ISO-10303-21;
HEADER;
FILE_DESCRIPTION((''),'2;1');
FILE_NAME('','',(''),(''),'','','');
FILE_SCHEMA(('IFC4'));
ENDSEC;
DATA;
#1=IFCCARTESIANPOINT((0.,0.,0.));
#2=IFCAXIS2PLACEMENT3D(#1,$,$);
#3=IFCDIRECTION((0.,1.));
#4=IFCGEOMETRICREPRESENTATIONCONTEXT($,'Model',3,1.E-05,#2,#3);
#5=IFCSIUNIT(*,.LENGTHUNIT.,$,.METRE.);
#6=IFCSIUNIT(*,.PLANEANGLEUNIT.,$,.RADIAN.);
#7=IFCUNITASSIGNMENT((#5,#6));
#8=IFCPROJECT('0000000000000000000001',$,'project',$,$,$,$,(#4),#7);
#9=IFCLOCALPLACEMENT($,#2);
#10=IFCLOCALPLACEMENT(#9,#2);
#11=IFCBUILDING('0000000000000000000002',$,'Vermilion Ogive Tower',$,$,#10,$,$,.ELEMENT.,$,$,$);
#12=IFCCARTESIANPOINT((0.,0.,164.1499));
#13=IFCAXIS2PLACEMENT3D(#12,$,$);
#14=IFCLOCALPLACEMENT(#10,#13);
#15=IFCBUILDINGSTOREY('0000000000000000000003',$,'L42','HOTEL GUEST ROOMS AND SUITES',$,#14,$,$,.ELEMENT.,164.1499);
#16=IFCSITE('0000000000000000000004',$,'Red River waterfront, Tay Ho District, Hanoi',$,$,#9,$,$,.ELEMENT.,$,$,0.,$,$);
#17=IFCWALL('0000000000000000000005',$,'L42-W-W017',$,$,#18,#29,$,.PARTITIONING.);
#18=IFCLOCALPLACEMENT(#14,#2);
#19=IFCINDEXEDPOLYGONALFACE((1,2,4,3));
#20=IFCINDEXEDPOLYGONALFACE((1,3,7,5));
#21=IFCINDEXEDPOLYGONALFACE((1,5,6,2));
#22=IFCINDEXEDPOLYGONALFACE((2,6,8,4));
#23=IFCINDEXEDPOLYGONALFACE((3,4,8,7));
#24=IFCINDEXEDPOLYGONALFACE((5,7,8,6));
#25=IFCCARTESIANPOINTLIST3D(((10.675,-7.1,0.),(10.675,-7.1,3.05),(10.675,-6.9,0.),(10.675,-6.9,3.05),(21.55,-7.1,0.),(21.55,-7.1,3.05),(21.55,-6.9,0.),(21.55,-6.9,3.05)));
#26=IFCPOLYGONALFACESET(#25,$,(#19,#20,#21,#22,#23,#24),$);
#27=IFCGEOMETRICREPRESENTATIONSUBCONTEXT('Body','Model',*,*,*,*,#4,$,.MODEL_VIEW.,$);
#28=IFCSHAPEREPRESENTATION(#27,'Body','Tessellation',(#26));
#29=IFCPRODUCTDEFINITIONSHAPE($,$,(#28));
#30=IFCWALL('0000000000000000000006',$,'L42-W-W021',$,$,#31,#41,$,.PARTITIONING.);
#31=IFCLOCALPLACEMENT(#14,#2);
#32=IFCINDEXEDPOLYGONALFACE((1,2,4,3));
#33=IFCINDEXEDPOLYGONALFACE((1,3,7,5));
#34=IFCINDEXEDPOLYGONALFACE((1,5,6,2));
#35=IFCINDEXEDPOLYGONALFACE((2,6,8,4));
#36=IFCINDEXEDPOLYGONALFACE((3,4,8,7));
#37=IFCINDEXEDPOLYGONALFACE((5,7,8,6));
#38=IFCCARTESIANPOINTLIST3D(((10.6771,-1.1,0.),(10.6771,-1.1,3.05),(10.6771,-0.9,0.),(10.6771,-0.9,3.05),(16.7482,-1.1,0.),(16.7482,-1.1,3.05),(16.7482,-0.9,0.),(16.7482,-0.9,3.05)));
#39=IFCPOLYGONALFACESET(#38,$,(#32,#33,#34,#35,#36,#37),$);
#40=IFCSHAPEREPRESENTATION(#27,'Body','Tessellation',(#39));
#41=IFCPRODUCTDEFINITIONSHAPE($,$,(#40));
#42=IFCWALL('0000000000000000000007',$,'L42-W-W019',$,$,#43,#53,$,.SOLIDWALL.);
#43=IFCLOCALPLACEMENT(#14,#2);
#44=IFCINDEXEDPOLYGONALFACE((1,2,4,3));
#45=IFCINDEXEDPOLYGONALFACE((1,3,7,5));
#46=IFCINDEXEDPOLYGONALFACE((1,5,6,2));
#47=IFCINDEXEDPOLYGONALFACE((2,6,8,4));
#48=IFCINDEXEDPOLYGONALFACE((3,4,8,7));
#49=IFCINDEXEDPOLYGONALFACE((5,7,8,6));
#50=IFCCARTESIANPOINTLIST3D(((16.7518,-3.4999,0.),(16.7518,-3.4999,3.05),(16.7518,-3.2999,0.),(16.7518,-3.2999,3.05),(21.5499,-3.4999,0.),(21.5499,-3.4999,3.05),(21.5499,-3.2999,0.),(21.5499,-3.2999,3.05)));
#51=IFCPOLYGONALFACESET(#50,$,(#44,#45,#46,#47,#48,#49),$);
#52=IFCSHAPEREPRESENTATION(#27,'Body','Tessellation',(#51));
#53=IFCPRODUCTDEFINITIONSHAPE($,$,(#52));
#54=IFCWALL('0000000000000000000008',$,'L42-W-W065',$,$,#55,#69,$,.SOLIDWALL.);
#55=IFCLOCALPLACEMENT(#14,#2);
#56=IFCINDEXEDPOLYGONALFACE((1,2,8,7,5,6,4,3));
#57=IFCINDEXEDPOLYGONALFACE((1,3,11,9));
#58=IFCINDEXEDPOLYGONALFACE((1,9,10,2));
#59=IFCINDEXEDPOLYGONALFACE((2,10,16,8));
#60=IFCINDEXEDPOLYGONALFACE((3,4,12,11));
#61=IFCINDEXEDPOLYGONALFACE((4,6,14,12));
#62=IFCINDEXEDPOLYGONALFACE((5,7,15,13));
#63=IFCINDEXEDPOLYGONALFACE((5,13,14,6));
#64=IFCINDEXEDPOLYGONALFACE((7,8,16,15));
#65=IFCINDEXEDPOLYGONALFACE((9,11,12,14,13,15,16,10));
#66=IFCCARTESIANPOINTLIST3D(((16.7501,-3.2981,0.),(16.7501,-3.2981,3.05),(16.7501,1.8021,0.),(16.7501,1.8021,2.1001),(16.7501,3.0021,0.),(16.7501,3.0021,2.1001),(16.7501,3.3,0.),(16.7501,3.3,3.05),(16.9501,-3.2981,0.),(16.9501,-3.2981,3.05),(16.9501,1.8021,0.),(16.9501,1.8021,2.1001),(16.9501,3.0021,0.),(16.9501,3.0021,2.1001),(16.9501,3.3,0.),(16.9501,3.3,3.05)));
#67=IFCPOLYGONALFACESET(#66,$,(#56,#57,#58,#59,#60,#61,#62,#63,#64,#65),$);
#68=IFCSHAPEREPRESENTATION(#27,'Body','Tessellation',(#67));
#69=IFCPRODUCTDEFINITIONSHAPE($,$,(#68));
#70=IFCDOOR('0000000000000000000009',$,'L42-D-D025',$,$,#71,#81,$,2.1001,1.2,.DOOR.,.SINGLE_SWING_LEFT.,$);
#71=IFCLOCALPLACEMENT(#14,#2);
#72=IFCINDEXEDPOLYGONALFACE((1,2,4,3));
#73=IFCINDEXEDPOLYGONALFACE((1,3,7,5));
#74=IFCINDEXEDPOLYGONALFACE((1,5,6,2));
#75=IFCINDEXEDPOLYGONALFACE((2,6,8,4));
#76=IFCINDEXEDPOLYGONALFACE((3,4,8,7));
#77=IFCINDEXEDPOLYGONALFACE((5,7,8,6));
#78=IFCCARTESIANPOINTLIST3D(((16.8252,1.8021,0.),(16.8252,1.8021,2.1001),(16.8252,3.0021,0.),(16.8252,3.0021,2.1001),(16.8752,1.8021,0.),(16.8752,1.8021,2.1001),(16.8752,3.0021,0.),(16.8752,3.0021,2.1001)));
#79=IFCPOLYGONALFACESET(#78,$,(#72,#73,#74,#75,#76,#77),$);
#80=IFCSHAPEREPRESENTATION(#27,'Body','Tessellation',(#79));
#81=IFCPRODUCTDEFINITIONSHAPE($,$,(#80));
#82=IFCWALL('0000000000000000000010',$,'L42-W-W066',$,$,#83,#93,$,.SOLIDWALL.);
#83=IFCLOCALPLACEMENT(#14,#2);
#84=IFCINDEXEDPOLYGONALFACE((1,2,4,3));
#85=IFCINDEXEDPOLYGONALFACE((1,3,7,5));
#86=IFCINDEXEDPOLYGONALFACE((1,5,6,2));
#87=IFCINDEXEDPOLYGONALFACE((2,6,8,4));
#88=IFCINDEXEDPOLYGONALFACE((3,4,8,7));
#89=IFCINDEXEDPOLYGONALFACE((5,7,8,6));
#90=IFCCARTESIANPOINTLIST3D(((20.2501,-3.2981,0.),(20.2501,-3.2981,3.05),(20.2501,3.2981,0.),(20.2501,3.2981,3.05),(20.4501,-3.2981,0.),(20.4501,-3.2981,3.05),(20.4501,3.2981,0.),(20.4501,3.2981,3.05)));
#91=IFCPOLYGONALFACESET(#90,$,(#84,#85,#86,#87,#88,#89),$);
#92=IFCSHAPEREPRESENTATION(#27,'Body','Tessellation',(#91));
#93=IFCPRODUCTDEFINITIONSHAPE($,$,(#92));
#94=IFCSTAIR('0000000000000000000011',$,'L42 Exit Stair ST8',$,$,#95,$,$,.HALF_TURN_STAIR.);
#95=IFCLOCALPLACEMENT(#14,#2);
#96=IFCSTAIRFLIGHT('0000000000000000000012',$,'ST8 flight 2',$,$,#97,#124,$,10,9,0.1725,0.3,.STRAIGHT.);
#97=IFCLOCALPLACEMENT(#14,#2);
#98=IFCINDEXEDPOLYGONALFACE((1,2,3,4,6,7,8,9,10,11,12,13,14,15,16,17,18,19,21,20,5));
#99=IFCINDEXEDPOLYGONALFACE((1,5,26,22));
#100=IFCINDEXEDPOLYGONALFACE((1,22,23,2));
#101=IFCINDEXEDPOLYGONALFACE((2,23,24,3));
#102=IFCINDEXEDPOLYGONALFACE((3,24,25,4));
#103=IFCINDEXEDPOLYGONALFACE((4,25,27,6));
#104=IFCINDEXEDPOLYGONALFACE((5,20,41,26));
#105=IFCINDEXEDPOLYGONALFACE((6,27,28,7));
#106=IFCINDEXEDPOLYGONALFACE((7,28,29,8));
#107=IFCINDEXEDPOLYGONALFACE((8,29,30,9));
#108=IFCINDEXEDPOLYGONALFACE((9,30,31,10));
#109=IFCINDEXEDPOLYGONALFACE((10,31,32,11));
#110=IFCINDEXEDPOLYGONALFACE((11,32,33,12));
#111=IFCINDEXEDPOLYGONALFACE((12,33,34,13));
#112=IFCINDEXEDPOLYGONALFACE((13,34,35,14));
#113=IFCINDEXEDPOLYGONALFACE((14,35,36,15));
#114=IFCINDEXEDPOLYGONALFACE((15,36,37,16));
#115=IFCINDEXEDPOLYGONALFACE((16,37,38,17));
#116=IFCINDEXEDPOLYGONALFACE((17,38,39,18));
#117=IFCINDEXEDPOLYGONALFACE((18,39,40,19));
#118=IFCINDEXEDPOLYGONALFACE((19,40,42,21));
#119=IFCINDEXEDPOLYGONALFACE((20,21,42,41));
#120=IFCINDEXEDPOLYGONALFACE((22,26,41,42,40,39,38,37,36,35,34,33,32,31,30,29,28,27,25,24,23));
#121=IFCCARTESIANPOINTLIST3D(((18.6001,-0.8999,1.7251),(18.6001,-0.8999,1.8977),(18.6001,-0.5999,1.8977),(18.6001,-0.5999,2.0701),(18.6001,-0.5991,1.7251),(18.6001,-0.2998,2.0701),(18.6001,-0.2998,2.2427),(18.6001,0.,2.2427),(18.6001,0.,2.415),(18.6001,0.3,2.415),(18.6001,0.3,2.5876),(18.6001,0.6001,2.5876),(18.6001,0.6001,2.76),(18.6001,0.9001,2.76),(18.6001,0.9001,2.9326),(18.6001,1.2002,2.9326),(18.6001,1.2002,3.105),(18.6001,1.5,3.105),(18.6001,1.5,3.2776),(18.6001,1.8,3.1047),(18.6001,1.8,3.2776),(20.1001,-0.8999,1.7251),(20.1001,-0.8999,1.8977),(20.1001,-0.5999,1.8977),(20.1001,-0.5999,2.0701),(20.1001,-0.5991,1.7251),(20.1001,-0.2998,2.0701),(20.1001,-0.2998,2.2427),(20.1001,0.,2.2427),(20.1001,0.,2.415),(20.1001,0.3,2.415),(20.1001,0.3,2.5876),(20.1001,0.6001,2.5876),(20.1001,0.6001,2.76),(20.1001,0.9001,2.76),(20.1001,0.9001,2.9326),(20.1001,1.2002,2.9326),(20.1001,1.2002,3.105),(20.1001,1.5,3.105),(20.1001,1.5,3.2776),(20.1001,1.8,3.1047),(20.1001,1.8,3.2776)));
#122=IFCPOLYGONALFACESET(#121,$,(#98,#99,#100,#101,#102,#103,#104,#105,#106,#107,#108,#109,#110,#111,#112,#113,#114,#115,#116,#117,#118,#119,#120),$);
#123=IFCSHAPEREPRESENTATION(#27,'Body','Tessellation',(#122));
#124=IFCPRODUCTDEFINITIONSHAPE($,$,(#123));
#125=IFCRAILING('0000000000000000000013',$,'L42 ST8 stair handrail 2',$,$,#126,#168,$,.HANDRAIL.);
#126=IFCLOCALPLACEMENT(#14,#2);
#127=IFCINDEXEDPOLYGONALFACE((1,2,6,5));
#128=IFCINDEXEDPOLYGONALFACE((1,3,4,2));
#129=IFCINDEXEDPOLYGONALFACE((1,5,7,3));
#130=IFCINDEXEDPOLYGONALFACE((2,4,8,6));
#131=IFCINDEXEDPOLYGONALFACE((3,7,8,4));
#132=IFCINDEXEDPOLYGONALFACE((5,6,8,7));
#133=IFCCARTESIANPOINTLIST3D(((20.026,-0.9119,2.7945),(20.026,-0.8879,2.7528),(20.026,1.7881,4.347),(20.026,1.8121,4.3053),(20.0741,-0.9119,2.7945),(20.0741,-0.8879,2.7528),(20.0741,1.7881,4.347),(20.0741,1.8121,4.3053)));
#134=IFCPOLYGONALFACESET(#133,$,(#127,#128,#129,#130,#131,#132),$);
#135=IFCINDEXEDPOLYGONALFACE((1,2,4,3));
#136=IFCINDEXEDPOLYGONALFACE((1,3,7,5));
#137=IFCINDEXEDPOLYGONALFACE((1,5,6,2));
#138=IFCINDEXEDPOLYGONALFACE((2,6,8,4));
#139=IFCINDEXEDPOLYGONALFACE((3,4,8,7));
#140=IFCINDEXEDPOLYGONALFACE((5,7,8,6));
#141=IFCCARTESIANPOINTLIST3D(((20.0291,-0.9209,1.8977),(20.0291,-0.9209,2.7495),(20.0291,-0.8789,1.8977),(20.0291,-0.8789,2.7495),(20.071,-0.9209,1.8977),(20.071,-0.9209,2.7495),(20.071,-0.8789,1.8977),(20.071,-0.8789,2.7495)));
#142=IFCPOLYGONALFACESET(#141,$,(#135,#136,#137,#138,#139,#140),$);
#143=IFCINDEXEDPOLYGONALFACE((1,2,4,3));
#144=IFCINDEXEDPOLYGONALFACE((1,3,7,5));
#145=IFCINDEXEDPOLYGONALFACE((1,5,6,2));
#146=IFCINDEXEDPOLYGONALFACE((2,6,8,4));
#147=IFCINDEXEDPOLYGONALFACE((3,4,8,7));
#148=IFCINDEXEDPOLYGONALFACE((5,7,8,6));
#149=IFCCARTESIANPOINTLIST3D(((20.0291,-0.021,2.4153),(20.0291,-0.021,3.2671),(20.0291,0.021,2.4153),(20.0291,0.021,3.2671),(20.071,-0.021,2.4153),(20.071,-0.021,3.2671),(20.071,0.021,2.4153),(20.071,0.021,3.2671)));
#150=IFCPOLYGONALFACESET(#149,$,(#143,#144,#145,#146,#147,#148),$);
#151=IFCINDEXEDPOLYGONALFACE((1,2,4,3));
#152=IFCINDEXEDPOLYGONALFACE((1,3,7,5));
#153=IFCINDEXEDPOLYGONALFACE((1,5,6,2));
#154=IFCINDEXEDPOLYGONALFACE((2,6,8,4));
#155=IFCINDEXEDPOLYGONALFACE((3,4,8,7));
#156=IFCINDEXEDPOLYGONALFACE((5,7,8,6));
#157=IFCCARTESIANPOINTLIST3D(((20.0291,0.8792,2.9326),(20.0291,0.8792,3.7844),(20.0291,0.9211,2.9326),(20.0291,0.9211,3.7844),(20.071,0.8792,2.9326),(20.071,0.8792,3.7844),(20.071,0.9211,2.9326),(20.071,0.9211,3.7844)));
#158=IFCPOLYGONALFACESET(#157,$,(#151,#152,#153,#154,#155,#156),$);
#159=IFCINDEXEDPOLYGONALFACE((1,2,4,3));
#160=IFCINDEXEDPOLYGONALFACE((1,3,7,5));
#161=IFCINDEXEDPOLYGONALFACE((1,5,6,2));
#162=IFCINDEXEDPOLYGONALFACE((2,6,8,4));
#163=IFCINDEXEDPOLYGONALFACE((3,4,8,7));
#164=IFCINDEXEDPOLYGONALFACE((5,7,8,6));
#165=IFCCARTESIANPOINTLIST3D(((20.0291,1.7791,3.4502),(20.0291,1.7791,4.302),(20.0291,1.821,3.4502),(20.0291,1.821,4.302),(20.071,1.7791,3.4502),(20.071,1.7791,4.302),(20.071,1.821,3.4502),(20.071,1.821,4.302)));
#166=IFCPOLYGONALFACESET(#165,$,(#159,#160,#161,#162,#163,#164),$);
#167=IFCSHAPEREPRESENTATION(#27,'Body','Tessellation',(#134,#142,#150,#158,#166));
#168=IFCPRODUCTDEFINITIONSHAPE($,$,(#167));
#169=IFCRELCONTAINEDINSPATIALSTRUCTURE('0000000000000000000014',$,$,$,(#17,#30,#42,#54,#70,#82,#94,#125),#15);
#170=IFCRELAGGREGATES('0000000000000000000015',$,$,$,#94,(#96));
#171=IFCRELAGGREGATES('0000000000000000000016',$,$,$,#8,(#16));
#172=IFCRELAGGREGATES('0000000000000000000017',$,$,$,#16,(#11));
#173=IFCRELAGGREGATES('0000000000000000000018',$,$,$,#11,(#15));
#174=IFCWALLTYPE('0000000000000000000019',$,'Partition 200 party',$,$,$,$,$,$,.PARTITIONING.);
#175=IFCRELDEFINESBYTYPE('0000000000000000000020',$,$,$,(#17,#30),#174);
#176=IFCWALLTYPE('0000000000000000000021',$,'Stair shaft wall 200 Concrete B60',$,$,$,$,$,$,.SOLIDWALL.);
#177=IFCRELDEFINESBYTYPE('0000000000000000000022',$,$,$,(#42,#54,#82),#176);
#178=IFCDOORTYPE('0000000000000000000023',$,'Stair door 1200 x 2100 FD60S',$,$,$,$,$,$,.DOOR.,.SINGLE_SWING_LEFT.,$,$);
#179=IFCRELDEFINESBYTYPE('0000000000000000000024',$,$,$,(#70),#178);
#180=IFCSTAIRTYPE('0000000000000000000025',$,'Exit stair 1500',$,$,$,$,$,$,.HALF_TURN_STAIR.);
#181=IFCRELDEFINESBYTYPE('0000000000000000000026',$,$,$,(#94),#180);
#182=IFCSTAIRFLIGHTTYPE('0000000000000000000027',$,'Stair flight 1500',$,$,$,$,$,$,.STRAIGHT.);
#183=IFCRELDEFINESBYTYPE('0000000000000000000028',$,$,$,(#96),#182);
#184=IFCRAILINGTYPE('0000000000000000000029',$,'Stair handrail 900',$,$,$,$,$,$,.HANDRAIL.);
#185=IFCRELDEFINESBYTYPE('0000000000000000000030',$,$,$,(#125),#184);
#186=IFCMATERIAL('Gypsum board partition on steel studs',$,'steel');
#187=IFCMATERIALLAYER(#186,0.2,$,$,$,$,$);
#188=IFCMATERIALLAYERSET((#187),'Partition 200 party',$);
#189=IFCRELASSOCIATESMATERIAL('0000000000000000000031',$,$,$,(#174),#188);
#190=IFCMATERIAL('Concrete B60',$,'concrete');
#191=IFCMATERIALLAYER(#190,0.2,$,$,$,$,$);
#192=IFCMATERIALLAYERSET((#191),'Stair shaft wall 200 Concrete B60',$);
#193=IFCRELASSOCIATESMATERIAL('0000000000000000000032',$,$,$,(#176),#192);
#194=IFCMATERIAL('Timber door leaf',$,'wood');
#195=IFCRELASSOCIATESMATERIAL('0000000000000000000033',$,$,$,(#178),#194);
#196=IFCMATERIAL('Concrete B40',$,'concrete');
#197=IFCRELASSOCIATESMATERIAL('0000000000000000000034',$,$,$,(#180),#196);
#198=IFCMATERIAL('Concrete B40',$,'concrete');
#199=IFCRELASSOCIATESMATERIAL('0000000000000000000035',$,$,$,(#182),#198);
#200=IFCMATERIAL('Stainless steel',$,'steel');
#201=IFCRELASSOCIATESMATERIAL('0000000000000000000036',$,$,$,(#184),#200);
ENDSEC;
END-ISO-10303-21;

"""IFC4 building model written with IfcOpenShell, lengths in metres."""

from ifc_helpers import new_model, si_unit, direction, frame, frame_2d, origin, origin_2d, place, context, subcontext, project, spatial, polyline, rectangle, outline, extrude, material, layer, layer_set, type_object, element, fill, aggregate, save


model = new_model("IFC4")

# Units and contexts
model_context = context("Model", 3, precision=1e-05, world=origin(), true_north=direction((0.0, 1.0)))
body_context = subcontext(model_context, "Body", "Model", "MODEL_VIEW")
ifc_project = project(units=[si_unit("LENGTHUNIT", "METRE"), si_unit("PLANEANGLEUNIT", "RADIAN")], contexts=[model_context])

# Site, building, storey
site_placement = place(None, origin())
site = spatial("IfcSite", under=ifc_project, at=site_placement, Name="Red River waterfront, Tay Ho District, Hanoi", CompositionType="ELEMENT", RefElevation=0.0)
building_placement = place(site_placement, origin())
building = spatial("IfcBuilding", under=site, at=building_placement, Name="Vermilion Ogive Tower", CompositionType="ELEMENT")
storey_placement = place(building_placement, frame((0.0, 0.0, 164.1499)))
storey = spatial("IfcBuildingStorey", under=building, at=storey_placement, Name="L42", Description="HOTEL GUEST ROOMS AND SUITES", CompositionType="ELEMENT", Elevation=164.1499)

# Walls
ifc_material_1 = material(Name="Gypsum board partition on steel studs", Category="steel")
ifc_layer_1 = layer(ifc_material_1, 0.2)
ifc_layer_set_1 = layer_set([ifc_layer_1], Name="Partition 200 party")
wall_type_1 = type_object("IfcWallType", Name="Partition 200 party", PredefinedType="PARTITIONING", material=ifc_layer_set_1)
wall_1_placement = place(storey_placement, frame((10.675, -7.0, 0.0), z_axis=(0.0, 0.0, 1.0), x_axis=(1.0, 0.0, 0.0)))
element("IfcWall", 1, at=wall_1_placement, inside=storey, type_object=wall_type_1, Name="L42-W-W017", PredefinedType="PARTITIONING", context=body_context, shape_type="SweptSolid", body=[
    extrude(rectangle(XDim=10.875, YDim=0.2, at=frame_2d((5.4375, 0.0))), origin(), (0.0, 0.0, 1.0), 3.05),
])
wall_2_placement = place(storey_placement, frame((10.677, -1.0, 0.0), z_axis=(0.0, 0.0, 1.0), x_axis=(1.0, 0.0, 0.0)))
element("IfcWall", 2, at=wall_2_placement, inside=storey, type_object=wall_type_1, Name="L42-W-W021", PredefinedType="PARTITIONING", context=body_context, shape_type="SweptSolid", body=[
    extrude(rectangle(XDim=6.071, YDim=0.2, at=frame_2d((3.0356, 0.0))), origin(), (0.0, 0.0, 1.0), 3.05),
])
ifc_material_2 = material(Name="Concrete B60", Category="concrete")
ifc_layer_2 = layer(ifc_material_2, 0.2)
ifc_layer_set_2 = layer_set([ifc_layer_2], Name="Stair shaft wall 200 Concrete B60")
wall_type_2 = type_object("IfcWallType", Name="Stair shaft wall 200 Concrete B60", PredefinedType="SOLIDWALL", material=ifc_layer_set_2)
wall_3_placement = place(storey_placement, frame((16.752, -3.3999, 0.0), z_axis=(0.0, 0.0, 1.0), x_axis=(1.0, 0.0, 0.0)))
element("IfcWall", 3, at=wall_3_placement, inside=storey, type_object=wall_type_2, Name="L42-W-W019", PredefinedType="SOLIDWALL", context=body_context, shape_type="SweptSolid", body=[
    extrude(rectangle(XDim=4.7981, YDim=0.2, at=frame_2d((2.3989, 0.0))), origin(), (0.0, 0.0, 1.0), 3.05),
])

# Wall, opening, door
wall_4_placement = place(storey_placement, frame((16.8501, -3.2981, 0.0), z_axis=(0.0, 0.0, 1.0), x_axis=(0.0, 1.0, 0.0)))
wall_4 = element("IfcWall", 4, at=wall_4_placement, inside=storey, type_object=wall_type_2, Name="L42-W-W065", PredefinedType="SOLIDWALL", context=body_context, shape_type="SweptSolid", body=[
    extrude(rectangle(XDim=6.5981, YDim=0.2, at=frame_2d((3.2991, 0.0))), origin(), (0.0, 0.0, 1.0), 3.05),
])
opening_1_placement = place(wall_4_placement, frame((5.1001, 0.0, 0.0)))
opening_1 = element("IfcOpeningElement", 5, at=opening_1_placement, cuts=wall_4, PredefinedType="OPENING", context=body_context, shape_type="SweptSolid", body=[
    extrude(rectangle(XDim=1.2, YDim=2.1001, at=frame_2d((0.6001, 1.05))), frame((0.0, 0.1099, 0.0), z_axis=(0.0, -1.0, 0.0), x_axis=(1.0, 0.0, 0.0)), (0.0, 0.0, 1.0), 0.22),
])
ifc_material_3 = material(Name="Timber door leaf", Category="wood")
door_type_1 = type_object("IfcDoorType", Name="Stair door 1200 x 2100 FD60S", OperationType="SINGLE_SWING_LEFT", PredefinedType="DOOR", material=ifc_material_3)
door_1_placement = place(opening_1_placement, origin())
door_1 = element("IfcDoor", 6, at=door_1_placement, inside=storey, type_object=door_type_1, Name="L42-D-D025", OperationType="SINGLE_SWING_LEFT", OverallHeight=2.1001, OverallWidth=1.2, PredefinedType="DOOR", context=body_context, shape_type="SweptSolid", body=[
    extrude(rectangle(XDim=1.2, YDim=2.1001, at=frame_2d((0.6001, 1.05))), frame((0.0, 0.0249, 0.0), z_axis=(0.0, -1.0, 0.0), x_axis=(1.0, 0.0, 0.0)), (0.0, 0.0, 1.0), 0.05),
])
fill(opening_1, door_1)

# Wall
wall_5_placement = place(storey_placement, frame((20.3501, -3.2981, 0.0), z_axis=(0.0, 0.0, 1.0), x_axis=(0.0, 1.0, 0.0)))
element("IfcWall", 7, at=wall_5_placement, inside=storey, type_object=wall_type_2, Name="L42-W-W066", PredefinedType="SOLIDWALL", context=body_context, shape_type="SweptSolid", body=[
    extrude(rectangle(XDim=6.5962, YDim=0.2, at=frame_2d((3.2981, 0.0))), origin(), (0.0, 0.0, 1.0), 3.05),
])

# Stair, stair flight
ifc_material_4 = material(Name="Concrete B40", Category="concrete")
stair_type = type_object("IfcStairType", Name="Exit stair 1500", PredefinedType="HALF_TURN_STAIR", material=ifc_material_4)
stair_placement = place(storey_placement, origin())
stair = element("IfcStair", 8, at=stair_placement, inside=storey, type_object=stair_type, Name="L42 Exit Stair ST8", PredefinedType="HALF_TURN_STAIR")
ifc_material_5 = material(Name="Concrete B40", Category="concrete")
stair_flight_type = type_object("IfcStairFlightType", Name="Stair flight 1500", PredefinedType="STRAIGHT", material=ifc_material_5)
stair_flight_placement = place(storey_placement, frame((19.3501, -0.8999, 1.7251), z_axis=(0.0, 0.0, 1.0), x_axis=(0.0, 1.0, 0.0)))
stair_flight = element("IfcStairFlight", 9, at=stair_flight_placement, type_object=stair_flight_type, Name="ST8 flight 2", NumberOfRisers=10, NumberOfTreads=9, PredefinedType="STRAIGHT", RiserHeight=0.1725, TreadLength=0.3, context=body_context, shape_type="SweptSolid", body=[
    extrude(outline(polyline([(0.0, 0.0), (0.0, 0.1726), (0.3, 0.1726), (0.3, 0.345), (0.6001, 0.345), (0.6001, 0.5176), (0.8999, 0.5176), (0.8999, 0.6899), (1.2, 0.6899), (1.2, 0.8625), (1.5, 0.8625), (1.5, 1.0349), (1.8, 1.0349), (1.8, 1.2075), (2.1001, 1.2075), (2.1001, 1.3799), (2.3999, 1.3799), (2.3999, 1.5525), (2.7, 1.5525), (2.7, 1.7251), (2.7, 1.3796), (0.3008, 0.0), (0.0, 0.0)])), frame((0.0, 0.75, 0.0), z_axis=(0.0, -1.0, 0.0), x_axis=(1.0, 0.0, 0.0)), (0.0, 0.0, 1.0), 1.5),
])
aggregate(stair, [stair_flight])

# Railing
ifc_material_6 = material(Name="Stainless steel", Category="steel")
railing_type = type_object("IfcRailingType", Name="Stair handrail 900", PredefinedType="HANDRAIL", material=ifc_material_6)
railing_placement = place(storey_placement, frame((20.05, -0.8999, 1.8977)))
element("IfcRailing", 10, at=railing_placement, inside=storey, type_object=railing_type, Name="L42 ST8 stair handrail 2", PredefinedType="HANDRAIL", context=body_context, shape_type="SweptSolid", body=[
    extrude(rectangle(XDim=0.0481, YDim=0.0481, at=origin_2d()), frame((0.0, 0.0, 0.876), z_axis=(0.0, 0.866904, 0.498476), x_axis=(-1.0, 0.0, 0.0)), (0.0, 0.0, 1.0), 3.1145),
    extrude(rectangle(XDim=0.042, YDim=0.042, at=origin_2d()), origin(), (0.0, 0.0, 1.0), 0.8518),
    extrude(rectangle(XDim=0.042, YDim=0.042, at=origin_2d()), frame((0.0, 0.8999, 0.5176)), (0.0, 0.0, 1.0), 0.8518),
    extrude(rectangle(XDim=0.042, YDim=0.042, at=origin_2d()), frame((0.0, 1.8, 1.0349)), (0.0, 0.0, 1.0), 0.8518),
    extrude(rectangle(XDim=0.042, YDim=0.042, at=origin_2d()), frame((0.0, 2.7, 1.5525)), (0.0, 0.0, 1.0), 0.8518),
])

save(model, "model.ifc")
